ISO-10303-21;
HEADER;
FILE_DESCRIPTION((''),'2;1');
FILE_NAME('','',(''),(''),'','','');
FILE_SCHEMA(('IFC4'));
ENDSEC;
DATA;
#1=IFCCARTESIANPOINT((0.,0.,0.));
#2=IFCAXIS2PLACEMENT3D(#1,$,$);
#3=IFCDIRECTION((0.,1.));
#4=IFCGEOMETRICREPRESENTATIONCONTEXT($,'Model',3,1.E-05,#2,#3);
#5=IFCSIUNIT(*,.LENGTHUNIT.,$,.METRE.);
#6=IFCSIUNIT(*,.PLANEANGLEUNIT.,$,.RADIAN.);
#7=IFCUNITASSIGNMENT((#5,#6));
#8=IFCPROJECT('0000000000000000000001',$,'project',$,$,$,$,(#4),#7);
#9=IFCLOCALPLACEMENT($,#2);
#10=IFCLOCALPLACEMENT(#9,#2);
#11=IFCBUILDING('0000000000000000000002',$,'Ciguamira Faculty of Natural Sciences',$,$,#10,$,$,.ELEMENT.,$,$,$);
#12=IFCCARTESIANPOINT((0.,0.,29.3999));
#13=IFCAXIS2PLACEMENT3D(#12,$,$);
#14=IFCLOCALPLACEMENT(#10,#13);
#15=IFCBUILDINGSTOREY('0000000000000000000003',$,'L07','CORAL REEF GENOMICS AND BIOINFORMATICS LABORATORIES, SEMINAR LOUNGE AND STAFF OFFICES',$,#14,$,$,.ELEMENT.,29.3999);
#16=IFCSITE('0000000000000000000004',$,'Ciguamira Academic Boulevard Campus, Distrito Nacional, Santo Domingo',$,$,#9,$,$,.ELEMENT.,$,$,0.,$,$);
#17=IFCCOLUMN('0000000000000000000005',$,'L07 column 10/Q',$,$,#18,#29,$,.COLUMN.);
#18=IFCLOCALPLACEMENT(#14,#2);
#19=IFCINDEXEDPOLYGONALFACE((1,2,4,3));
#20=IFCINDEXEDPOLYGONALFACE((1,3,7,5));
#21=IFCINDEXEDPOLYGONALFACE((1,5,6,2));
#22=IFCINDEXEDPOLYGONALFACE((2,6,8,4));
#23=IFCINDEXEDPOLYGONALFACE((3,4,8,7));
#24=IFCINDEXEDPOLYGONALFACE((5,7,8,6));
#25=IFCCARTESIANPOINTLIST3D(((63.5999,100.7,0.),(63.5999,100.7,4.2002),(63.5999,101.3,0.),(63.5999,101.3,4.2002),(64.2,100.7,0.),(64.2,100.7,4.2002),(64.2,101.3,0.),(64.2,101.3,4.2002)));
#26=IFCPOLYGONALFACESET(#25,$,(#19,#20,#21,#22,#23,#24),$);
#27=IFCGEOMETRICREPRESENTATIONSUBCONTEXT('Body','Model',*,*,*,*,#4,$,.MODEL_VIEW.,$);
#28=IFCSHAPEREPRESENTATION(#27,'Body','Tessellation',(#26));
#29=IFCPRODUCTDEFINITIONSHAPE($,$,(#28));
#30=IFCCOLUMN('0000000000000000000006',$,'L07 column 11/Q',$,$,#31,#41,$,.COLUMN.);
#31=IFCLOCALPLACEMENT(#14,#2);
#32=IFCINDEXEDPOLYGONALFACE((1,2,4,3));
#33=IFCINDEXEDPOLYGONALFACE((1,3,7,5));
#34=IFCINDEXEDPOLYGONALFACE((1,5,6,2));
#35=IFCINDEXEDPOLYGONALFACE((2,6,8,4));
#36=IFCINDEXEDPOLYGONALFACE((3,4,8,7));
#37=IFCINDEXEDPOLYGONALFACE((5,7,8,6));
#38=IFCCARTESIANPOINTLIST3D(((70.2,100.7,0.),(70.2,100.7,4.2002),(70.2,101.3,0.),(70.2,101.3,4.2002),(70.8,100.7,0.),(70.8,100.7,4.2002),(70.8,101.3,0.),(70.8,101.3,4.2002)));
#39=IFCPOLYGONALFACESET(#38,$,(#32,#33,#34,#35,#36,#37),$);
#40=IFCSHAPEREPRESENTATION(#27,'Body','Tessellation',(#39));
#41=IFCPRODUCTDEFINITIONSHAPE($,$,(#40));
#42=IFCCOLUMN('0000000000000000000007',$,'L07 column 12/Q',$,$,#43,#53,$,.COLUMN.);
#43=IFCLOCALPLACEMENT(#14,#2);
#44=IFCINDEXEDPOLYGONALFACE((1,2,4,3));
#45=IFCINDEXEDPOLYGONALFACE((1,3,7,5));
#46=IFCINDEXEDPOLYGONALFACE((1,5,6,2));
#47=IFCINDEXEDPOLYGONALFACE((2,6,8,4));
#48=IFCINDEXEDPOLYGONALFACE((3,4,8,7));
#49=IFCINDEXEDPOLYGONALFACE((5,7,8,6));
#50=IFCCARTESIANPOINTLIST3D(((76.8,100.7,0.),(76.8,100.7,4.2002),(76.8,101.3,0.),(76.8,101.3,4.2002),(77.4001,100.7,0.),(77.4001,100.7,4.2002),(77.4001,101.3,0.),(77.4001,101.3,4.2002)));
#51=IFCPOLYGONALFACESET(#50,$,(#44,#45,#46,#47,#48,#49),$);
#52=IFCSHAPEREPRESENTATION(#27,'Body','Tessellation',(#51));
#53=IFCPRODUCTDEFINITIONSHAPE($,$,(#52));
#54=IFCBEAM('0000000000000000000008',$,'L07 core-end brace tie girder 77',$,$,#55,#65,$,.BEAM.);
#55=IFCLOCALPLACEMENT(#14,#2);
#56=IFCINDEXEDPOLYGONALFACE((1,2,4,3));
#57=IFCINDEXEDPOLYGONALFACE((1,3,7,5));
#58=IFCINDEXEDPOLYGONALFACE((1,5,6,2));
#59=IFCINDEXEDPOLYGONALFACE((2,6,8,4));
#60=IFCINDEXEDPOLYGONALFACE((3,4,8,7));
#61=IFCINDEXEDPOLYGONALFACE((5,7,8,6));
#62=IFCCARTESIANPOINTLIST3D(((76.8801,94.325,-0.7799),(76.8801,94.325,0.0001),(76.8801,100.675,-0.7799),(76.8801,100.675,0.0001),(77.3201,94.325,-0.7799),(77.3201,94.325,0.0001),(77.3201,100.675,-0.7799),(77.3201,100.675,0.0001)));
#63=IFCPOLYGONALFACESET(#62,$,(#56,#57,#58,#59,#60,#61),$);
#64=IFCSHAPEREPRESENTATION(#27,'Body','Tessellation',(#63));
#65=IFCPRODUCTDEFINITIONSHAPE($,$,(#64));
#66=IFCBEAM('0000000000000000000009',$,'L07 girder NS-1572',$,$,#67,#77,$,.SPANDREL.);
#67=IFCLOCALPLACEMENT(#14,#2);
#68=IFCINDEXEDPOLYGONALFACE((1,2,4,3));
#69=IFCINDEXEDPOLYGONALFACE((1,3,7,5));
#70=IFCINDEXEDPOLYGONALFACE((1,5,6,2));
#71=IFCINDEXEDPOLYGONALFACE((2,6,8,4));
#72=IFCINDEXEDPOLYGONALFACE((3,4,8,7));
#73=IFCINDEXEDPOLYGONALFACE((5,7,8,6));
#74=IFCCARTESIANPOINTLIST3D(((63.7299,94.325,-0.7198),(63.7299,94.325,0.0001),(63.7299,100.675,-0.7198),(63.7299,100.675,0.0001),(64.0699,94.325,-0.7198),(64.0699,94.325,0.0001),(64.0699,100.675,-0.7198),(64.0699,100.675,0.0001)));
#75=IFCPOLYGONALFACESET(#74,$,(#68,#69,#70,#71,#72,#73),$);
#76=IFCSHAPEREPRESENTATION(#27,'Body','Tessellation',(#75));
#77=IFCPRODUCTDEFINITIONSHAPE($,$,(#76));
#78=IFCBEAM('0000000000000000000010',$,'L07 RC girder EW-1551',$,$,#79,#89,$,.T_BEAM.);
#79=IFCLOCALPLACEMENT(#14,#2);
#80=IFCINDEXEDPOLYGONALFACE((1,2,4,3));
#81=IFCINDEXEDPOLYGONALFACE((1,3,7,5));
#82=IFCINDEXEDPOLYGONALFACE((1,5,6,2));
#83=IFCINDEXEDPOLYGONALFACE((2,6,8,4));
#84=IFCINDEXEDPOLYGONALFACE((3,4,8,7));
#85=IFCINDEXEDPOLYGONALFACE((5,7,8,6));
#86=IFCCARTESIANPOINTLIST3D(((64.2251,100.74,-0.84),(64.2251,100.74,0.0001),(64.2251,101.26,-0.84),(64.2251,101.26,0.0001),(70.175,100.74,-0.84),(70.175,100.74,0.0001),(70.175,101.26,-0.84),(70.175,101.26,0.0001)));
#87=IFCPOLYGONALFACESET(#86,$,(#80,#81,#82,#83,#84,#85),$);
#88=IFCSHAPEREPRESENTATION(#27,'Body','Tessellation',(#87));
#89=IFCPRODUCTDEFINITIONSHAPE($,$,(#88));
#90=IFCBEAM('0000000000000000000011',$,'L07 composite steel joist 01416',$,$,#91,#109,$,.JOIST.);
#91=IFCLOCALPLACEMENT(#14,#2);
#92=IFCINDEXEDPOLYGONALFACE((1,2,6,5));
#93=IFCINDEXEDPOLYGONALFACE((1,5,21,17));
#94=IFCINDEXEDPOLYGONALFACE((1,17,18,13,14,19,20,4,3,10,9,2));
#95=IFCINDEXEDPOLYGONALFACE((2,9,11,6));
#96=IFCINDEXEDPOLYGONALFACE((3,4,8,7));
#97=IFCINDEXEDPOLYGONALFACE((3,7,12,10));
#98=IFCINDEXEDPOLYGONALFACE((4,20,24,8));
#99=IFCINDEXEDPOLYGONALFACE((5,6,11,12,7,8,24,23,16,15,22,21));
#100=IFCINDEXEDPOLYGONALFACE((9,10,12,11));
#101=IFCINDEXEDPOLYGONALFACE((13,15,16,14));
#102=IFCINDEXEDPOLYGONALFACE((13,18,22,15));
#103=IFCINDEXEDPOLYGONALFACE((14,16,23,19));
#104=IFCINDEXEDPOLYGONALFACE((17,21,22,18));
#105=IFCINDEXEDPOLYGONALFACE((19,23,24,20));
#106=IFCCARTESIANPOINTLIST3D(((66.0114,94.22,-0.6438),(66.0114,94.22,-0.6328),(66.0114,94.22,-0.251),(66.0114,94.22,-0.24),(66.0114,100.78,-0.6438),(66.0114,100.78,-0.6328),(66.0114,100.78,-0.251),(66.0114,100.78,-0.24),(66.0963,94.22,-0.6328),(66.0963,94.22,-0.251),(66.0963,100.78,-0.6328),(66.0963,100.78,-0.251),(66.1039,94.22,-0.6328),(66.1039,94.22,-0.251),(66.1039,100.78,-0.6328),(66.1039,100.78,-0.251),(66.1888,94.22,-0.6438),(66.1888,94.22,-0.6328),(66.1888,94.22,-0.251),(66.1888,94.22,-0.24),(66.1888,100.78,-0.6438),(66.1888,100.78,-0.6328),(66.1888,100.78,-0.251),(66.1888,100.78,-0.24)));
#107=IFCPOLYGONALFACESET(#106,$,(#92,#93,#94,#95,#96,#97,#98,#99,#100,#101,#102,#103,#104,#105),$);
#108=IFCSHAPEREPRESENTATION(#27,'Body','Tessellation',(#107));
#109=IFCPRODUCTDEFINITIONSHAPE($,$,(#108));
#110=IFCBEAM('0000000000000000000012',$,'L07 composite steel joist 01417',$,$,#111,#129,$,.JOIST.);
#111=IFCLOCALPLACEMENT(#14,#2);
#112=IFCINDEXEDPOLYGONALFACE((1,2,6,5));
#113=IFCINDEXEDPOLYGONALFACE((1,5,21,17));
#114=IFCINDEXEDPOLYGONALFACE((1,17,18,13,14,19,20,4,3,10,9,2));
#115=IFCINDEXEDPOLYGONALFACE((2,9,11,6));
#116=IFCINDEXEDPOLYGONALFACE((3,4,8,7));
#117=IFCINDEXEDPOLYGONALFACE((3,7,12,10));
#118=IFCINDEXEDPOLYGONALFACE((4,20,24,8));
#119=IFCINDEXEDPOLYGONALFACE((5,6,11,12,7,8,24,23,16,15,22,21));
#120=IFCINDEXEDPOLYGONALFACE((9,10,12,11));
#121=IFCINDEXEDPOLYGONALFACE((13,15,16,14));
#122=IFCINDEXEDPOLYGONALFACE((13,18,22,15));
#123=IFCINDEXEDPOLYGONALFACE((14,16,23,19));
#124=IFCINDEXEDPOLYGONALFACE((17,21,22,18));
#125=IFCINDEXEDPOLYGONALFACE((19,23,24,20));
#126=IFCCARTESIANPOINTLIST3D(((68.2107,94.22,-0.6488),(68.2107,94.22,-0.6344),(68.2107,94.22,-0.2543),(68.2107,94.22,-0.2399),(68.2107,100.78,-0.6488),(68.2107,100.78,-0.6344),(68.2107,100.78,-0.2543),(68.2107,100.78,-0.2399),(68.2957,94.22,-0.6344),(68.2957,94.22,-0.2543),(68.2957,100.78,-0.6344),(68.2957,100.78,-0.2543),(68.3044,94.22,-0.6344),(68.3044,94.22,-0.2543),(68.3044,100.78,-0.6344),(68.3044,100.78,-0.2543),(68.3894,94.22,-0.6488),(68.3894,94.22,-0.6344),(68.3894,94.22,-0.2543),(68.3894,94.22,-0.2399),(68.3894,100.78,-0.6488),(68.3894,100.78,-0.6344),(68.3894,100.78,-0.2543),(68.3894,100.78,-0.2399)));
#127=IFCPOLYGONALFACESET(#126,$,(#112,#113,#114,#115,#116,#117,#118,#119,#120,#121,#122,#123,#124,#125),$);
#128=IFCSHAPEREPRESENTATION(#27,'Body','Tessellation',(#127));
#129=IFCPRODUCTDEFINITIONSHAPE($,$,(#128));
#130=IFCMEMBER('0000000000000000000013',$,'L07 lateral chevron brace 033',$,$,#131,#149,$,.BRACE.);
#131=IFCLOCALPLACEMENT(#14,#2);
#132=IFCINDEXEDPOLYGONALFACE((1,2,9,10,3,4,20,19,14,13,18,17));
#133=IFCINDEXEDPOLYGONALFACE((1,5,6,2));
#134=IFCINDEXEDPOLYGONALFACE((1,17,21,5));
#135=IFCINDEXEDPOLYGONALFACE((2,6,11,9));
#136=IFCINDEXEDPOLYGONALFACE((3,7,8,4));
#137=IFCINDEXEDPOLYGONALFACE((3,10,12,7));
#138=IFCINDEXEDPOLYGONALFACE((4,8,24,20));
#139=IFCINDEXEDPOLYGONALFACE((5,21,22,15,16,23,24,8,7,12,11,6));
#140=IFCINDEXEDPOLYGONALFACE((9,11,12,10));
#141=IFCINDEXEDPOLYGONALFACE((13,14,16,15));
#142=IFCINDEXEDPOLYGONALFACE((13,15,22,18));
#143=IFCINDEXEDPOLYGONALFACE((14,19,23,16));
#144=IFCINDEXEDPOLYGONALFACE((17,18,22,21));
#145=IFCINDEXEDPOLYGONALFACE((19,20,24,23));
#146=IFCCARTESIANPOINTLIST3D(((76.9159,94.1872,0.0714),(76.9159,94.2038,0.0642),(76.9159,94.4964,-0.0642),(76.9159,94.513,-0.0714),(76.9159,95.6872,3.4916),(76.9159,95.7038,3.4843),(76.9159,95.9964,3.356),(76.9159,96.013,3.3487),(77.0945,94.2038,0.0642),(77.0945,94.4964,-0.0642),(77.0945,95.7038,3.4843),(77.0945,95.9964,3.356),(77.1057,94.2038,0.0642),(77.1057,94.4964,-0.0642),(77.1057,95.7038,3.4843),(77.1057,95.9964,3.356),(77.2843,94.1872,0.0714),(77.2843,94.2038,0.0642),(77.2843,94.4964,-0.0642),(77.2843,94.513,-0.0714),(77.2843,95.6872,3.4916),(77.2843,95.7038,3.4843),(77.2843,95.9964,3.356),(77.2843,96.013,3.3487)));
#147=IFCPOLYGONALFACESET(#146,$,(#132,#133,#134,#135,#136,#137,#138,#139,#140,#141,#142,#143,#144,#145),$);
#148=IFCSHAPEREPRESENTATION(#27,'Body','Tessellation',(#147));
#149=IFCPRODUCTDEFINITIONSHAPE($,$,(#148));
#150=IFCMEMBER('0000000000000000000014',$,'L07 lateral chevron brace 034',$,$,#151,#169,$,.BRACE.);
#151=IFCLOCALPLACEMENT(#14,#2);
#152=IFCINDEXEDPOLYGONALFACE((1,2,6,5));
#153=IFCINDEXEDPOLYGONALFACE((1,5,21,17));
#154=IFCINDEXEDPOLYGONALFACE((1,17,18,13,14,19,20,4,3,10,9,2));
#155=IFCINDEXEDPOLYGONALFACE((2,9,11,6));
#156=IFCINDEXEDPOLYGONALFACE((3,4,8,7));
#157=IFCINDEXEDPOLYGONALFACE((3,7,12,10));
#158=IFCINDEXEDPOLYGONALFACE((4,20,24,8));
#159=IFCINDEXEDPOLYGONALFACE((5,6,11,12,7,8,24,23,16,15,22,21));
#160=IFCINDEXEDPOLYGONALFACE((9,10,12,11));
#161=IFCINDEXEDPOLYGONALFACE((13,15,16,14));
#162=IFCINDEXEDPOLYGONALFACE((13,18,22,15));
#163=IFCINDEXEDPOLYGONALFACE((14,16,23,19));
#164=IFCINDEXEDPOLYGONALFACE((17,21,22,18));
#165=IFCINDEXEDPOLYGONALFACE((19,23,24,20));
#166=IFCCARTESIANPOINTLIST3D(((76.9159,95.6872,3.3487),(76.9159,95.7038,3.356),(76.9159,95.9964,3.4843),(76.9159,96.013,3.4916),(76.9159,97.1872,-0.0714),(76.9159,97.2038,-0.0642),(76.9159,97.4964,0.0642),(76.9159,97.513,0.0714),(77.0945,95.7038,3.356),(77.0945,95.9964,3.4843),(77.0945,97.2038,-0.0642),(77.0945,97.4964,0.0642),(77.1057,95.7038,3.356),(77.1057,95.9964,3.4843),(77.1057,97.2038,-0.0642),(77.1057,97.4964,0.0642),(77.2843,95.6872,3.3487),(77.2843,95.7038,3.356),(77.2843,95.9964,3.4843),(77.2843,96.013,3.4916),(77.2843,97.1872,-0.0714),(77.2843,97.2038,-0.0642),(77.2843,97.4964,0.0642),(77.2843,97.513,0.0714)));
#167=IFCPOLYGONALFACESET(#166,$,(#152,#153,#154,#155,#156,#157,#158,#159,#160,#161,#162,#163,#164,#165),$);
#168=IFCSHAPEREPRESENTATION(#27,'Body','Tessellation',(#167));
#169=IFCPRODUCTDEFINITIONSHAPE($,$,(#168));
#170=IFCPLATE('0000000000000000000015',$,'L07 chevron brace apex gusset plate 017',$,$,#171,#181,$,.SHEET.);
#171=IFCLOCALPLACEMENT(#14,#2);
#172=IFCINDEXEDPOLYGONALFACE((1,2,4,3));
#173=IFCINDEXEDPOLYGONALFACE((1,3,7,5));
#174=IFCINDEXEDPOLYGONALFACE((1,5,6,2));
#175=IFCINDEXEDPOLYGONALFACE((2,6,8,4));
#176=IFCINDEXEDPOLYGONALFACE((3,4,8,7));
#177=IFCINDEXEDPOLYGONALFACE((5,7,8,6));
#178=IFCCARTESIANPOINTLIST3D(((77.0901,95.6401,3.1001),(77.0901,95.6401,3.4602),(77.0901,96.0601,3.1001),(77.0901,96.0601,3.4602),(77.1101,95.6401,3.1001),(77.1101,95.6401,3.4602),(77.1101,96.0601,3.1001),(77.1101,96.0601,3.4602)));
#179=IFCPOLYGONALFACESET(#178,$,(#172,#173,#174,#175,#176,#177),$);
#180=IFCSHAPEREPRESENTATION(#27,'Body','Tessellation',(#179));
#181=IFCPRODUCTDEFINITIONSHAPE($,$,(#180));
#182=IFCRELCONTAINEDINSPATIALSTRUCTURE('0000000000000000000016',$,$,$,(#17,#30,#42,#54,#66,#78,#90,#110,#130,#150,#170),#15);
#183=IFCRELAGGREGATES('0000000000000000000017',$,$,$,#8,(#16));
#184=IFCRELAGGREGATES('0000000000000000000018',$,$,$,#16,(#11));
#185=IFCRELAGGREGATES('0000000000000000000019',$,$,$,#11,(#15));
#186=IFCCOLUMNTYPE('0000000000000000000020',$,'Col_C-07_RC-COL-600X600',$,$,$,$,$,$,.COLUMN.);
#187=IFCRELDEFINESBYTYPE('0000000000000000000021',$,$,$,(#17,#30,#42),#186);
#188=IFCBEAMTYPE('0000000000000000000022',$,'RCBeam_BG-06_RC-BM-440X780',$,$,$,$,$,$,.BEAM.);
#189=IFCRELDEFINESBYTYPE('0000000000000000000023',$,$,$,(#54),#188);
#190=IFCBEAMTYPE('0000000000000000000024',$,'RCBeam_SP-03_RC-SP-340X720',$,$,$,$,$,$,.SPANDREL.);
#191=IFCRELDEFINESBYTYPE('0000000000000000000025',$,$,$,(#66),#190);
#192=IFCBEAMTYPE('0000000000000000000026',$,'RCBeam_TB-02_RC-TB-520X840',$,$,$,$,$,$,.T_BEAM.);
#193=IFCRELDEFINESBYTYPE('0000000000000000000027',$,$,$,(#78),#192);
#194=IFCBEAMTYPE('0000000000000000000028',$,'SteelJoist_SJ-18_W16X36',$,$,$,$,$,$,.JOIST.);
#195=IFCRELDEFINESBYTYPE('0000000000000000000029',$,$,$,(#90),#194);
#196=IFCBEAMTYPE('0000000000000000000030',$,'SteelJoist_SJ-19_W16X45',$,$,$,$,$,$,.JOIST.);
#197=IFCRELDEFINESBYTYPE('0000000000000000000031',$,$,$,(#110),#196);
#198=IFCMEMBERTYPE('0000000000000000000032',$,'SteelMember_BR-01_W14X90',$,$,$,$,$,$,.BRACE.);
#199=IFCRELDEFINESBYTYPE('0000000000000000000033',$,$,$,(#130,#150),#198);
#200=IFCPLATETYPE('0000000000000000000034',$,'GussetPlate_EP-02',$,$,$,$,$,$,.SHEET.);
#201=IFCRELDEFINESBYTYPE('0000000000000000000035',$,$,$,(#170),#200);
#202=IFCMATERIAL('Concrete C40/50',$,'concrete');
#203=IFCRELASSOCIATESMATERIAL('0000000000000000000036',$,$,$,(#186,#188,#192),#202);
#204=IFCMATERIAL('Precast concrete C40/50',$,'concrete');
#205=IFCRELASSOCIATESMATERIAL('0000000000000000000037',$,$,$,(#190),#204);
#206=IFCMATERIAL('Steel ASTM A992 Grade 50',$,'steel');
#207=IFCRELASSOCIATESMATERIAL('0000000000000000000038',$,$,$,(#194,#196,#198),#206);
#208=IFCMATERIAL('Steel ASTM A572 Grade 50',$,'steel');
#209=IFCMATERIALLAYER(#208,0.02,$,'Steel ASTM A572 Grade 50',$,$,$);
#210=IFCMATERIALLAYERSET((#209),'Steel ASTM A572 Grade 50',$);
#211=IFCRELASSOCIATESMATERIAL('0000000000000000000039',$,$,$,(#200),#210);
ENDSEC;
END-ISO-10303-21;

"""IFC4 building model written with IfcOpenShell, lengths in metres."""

from ifc_helpers import new_model, si_unit, direction, frame, origin, origin_2d, place, context, subcontext, project, spatial, rectangle, i_section, extrude, material, layer, layer_set, material_profile, profile_set, type_object, element, save


model = new_model("IFC4")

# Units and contexts
model_context = context("Model", 3, precision=1e-05, world=origin(), true_north=direction((0.0, 1.0)))
body_context = subcontext(model_context, "Body", "Model", "MODEL_VIEW")
ifc_project = project(units=[si_unit("LENGTHUNIT", "METRE"), si_unit("PLANEANGLEUNIT", "RADIAN")], contexts=[model_context])

# Site, building, storey
site_placement = place(None, origin())
site = spatial("IfcSite", under=ifc_project, at=site_placement, Name="Ciguamira Academic Boulevard Campus, Distrito Nacional, Santo Domingo", CompositionType="ELEMENT", RefElevation=0.0)
building_placement = place(site_placement, origin())
building = spatial("IfcBuilding", under=site, at=building_placement, Name="Ciguamira Faculty of Natural Sciences", CompositionType="ELEMENT")
storey_placement = place(building_placement, frame((0.0, 0.0, 29.3999)))
storey = spatial("IfcBuildingStorey", under=building, at=storey_placement, Name="L07", Description="CORAL REEF GENOMICS AND BIOINFORMATICS LABORATORIES, SEMINAR LOUNGE AND STAFF OFFICES", CompositionType="ELEMENT", Elevation=29.3999)

# Columns
ifc_material_1 = material(Name="Concrete C40/50", Category="concrete")
ifc_material_profile_1 = material_profile(ifc_material_1, rectangle(XDim=0.6001, YDim=0.6001, at=origin_2d()), Name="RC-COL-600X600")
ifc_profile_set_1 = profile_set([ifc_material_profile_1], Name="Concrete C40/50")
column_type = type_object("IfcColumnType", Name="Col_C-07_RC-COL-600X600", PredefinedType="COLUMN", material=ifc_profile_set_1)
for number, where, z_axis, x_axis, name in (
    (1, (63.8999, 101.0, 0.0), (0.0, 0.0, 1.0), (1.0, 0.0, 0.0), "L07 column 10/Q"),
    (2, (70.5, 101.0, 0.0), (0.0, 0.0, 1.0), (1.0, 0.0, 0.0), "L07 column 11/Q"),
    (3, (77.1001, 101.0, 0.0), (0.0, 0.0, 1.0), (1.0, 0.0, 0.0), "L07 column 12/Q"),
):
    element("IfcColumn", number, at=place(storey_placement, frame(where, z_axis=z_axis, x_axis=x_axis)), inside=storey, type_object=column_type, Name=name, PredefinedType="COLUMN", context=body_context, shape_type="SweptSolid", body=[
        extrude(rectangle(XDim=0.6001, YDim=0.6001, at=origin_2d()), origin(), (0.0, 0.0, 1.0), 4.2002),
    ])

# Beams
ifc_material_profile_2 = material_profile(ifc_material_1, rectangle(XDim=0.4399, YDim=0.78, at=origin_2d()), Name="RC-BM-440X780")
ifc_profile_set_2 = profile_set([ifc_material_profile_2], Name="Concrete C40/50")
beam_type_1 = type_object("IfcBeamType", Name="RCBeam_BG-06_RC-BM-440X780", PredefinedType="BEAM", material=ifc_profile_set_2)
beam_1_placement = place(storey_placement, frame((77.1001, 94.325, -0.3899), z_axis=(0.0, 1.0, 0.0), x_axis=(-1.0, 0.0, 0.0)))
element("IfcBeam", 4, at=beam_1_placement, inside=storey, type_object=beam_type_1, Name="L07 core-end brace tie girder 77", PredefinedType="BEAM", context=body_context, shape_type="SweptSolid", body=[
    extrude(rectangle(XDim=0.4399, YDim=0.78, at=origin_2d()), origin(), (0.0, 0.0, 1.0), 6.3501),
])
ifc_material_2 = material(Name="Precast concrete C40/50", Category="concrete")
ifc_material_profile_3 = material_profile(ifc_material_2, rectangle(XDim=0.3401, YDim=0.72, at=origin_2d()), Name="RC-SP-340X720")
ifc_profile_set_3 = profile_set([ifc_material_profile_3], Name="Precast concrete C40/50")
beam_type_2 = type_object("IfcBeamType", Name="RCBeam_SP-03_RC-SP-340X720", PredefinedType="SPANDREL", material=ifc_profile_set_3)
beam_2_placement = place(storey_placement, frame((63.8999, 94.325, -0.3599), z_axis=(0.0, 1.0, 0.0), x_axis=(-1.0, 0.0, 0.0)))
element("IfcBeam", 5, at=beam_2_placement, inside=storey, type_object=beam_type_2, Name="L07 girder NS-1572", PredefinedType="SPANDREL", context=body_context, shape_type="SweptSolid", body=[
    extrude(rectangle(XDim=0.3401, YDim=0.72, at=origin_2d()), origin(), (0.0, 0.0, 1.0), 6.3501),
])
ifc_material_profile_4 = material_profile(ifc_material_1, rectangle(XDim=0.52, YDim=0.8401, at=origin_2d()), Name="RC-TB-520X840")
ifc_profile_set_4 = profile_set([ifc_material_profile_4], Name="Concrete C40/50")
beam_type_3 = type_object("IfcBeamType", Name="RCBeam_TB-02_RC-TB-520X840", PredefinedType="T_BEAM", material=ifc_profile_set_4)
beam_3_placement = place(storey_placement, frame((64.2251, 101.0, -0.4199), z_axis=(1.0, 0.0, 0.0), x_axis=(0.0, 1.0, 0.0)))
element("IfcBeam", 6, at=beam_3_placement, inside=storey, type_object=beam_type_3, Name="L07 RC girder EW-1551", PredefinedType="T_BEAM", context=body_context, shape_type="SweptSolid", body=[
    extrude(rectangle(XDim=0.52, YDim=0.8401, at=origin_2d()), origin(), (0.0, 0.0, 1.0), 5.95),
])
ifc_material_3 = material(Name="Steel ASTM A992 Grade 50", Category="steel")
ifc_material_profile_5 = material_profile(ifc_material_3, i_section(OverallWidth=0.1775, OverallDepth=0.4038, WebThickness=0.0076, FlangeThickness=0.011, at=origin_2d()), Name="W16X36")
ifc_profile_set_5 = profile_set([ifc_material_profile_5], Name="Steel ASTM A992 Grade 50")
beam_type_4 = type_object("IfcBeamType", Name="SteelJoist_SJ-18_W16X36", PredefinedType="JOIST", material=ifc_profile_set_5)
beam_4_placement = place(storey_placement, frame((66.1001, 94.22, -0.4419), z_axis=(0.0, 1.0, 0.0), x_axis=(-1.0, 0.0, 0.0)))
element("IfcBeam", 7, at=beam_4_placement, inside=storey, type_object=beam_type_4, Name="L07 composite steel joist 01416", PredefinedType="JOIST", context=body_context, shape_type="SweptSolid", body=[
    extrude(i_section(OverallWidth=0.1775, OverallDepth=0.4038, WebThickness=0.0076, FlangeThickness=0.011, at=origin_2d()), origin(), (0.0, 0.0, 1.0), 6.5601),
])
ifc_material_profile_6 = material_profile(ifc_material_3, i_section(OverallWidth=0.1787, OverallDepth=0.4089, WebThickness=0.0088, FlangeThickness=0.0144, at=origin_2d()), Name="W16X45")
ifc_profile_set_6 = profile_set([ifc_material_profile_6], Name="Steel ASTM A992 Grade 50")
beam_type_5 = type_object("IfcBeamType", Name="SteelJoist_SJ-19_W16X45", PredefinedType="JOIST", material=ifc_profile_set_6)
beam_5_placement = place(storey_placement, frame((68.3, 94.22, -0.4443), z_axis=(0.0, 1.0, 0.0), x_axis=(-1.0, 0.0, 0.0)))
element("IfcBeam", 8, at=beam_5_placement, inside=storey, type_object=beam_type_5, Name="L07 composite steel joist 01417", PredefinedType="JOIST", context=body_context, shape_type="SweptSolid", body=[
    extrude(i_section(OverallWidth=0.1787, OverallDepth=0.4089, WebThickness=0.0088, FlangeThickness=0.0144, at=origin_2d()), origin(), (0.0, 0.0, 1.0), 6.5601),
])

# Members
ifc_material_profile_7 = material_profile(ifc_material_3, i_section(OverallWidth=0.3684, OverallDepth=0.3557, WebThickness=0.0112, FlangeThickness=0.0181, at=origin_2d()), Name="W14X90")
ifc_profile_set_7 = profile_set([ifc_material_profile_7], Name="Steel ASTM A992 Grade 50")
member_type = type_object("IfcMemberType", Name="SteelMember_BR-01_W14X90", PredefinedType="BRACE", material=ifc_profile_set_7)
for number, where, z_axis, x_axis, name in (
    (9, (77.1001, 94.3501, 0.0), (0.0, 0.401645, 0.915795), (-1.0, 0.0, 0.0), "L07 lateral chevron brace 033"),
    (10, (77.1001, 97.3501, 0.0), (0.0, -0.401645, 0.915795), (1.0, 0.0, 0.0), "L07 lateral chevron brace 034"),
):
    element("IfcMember", number, at=place(storey_placement, frame(where, z_axis=z_axis, x_axis=x_axis)), inside=storey, type_object=member_type, Name=name, PredefinedType="BRACE", context=body_context, shape_type="SweptSolid", body=[
        extrude(i_section(OverallWidth=0.3684, OverallDepth=0.3557, WebThickness=0.0112, FlangeThickness=0.0181, at=origin_2d()), origin(), (0.0, 0.0, 1.0), 3.7346),
    ])

# Plate
ifc_material_4 = material(Name="Steel ASTM A572 Grade 50", Category="steel")
ifc_layer_1 = layer(ifc_material_4, 0.02, Name="Steel ASTM A572 Grade 50")
ifc_layer_set_1 = layer_set([ifc_layer_1], Name="Steel ASTM A572 Grade 50")
plate_type = type_object("IfcPlateType", Name="GussetPlate_EP-02", PredefinedType="SHEET", material=ifc_layer_set_1)
plate_placement = place(storey_placement, frame((77.1001, 95.8501, 3.1001), z_axis=(0.0, 0.0, 1.0), x_axis=(1.0, 0.0, 0.0)))
element("IfcPlate", 11, at=plate_placement, inside=storey, type_object=plate_type, Name="L07 chevron brace apex gusset plate 017", PredefinedType="SHEET", context=body_context, shape_type="SweptSolid", body=[
    extrude(rectangle(XDim=0.02, YDim=0.4199, at=origin_2d()), origin(), (0.0, 0.0, 1.0), 0.3601),
])

save(model, "model.ifc")
